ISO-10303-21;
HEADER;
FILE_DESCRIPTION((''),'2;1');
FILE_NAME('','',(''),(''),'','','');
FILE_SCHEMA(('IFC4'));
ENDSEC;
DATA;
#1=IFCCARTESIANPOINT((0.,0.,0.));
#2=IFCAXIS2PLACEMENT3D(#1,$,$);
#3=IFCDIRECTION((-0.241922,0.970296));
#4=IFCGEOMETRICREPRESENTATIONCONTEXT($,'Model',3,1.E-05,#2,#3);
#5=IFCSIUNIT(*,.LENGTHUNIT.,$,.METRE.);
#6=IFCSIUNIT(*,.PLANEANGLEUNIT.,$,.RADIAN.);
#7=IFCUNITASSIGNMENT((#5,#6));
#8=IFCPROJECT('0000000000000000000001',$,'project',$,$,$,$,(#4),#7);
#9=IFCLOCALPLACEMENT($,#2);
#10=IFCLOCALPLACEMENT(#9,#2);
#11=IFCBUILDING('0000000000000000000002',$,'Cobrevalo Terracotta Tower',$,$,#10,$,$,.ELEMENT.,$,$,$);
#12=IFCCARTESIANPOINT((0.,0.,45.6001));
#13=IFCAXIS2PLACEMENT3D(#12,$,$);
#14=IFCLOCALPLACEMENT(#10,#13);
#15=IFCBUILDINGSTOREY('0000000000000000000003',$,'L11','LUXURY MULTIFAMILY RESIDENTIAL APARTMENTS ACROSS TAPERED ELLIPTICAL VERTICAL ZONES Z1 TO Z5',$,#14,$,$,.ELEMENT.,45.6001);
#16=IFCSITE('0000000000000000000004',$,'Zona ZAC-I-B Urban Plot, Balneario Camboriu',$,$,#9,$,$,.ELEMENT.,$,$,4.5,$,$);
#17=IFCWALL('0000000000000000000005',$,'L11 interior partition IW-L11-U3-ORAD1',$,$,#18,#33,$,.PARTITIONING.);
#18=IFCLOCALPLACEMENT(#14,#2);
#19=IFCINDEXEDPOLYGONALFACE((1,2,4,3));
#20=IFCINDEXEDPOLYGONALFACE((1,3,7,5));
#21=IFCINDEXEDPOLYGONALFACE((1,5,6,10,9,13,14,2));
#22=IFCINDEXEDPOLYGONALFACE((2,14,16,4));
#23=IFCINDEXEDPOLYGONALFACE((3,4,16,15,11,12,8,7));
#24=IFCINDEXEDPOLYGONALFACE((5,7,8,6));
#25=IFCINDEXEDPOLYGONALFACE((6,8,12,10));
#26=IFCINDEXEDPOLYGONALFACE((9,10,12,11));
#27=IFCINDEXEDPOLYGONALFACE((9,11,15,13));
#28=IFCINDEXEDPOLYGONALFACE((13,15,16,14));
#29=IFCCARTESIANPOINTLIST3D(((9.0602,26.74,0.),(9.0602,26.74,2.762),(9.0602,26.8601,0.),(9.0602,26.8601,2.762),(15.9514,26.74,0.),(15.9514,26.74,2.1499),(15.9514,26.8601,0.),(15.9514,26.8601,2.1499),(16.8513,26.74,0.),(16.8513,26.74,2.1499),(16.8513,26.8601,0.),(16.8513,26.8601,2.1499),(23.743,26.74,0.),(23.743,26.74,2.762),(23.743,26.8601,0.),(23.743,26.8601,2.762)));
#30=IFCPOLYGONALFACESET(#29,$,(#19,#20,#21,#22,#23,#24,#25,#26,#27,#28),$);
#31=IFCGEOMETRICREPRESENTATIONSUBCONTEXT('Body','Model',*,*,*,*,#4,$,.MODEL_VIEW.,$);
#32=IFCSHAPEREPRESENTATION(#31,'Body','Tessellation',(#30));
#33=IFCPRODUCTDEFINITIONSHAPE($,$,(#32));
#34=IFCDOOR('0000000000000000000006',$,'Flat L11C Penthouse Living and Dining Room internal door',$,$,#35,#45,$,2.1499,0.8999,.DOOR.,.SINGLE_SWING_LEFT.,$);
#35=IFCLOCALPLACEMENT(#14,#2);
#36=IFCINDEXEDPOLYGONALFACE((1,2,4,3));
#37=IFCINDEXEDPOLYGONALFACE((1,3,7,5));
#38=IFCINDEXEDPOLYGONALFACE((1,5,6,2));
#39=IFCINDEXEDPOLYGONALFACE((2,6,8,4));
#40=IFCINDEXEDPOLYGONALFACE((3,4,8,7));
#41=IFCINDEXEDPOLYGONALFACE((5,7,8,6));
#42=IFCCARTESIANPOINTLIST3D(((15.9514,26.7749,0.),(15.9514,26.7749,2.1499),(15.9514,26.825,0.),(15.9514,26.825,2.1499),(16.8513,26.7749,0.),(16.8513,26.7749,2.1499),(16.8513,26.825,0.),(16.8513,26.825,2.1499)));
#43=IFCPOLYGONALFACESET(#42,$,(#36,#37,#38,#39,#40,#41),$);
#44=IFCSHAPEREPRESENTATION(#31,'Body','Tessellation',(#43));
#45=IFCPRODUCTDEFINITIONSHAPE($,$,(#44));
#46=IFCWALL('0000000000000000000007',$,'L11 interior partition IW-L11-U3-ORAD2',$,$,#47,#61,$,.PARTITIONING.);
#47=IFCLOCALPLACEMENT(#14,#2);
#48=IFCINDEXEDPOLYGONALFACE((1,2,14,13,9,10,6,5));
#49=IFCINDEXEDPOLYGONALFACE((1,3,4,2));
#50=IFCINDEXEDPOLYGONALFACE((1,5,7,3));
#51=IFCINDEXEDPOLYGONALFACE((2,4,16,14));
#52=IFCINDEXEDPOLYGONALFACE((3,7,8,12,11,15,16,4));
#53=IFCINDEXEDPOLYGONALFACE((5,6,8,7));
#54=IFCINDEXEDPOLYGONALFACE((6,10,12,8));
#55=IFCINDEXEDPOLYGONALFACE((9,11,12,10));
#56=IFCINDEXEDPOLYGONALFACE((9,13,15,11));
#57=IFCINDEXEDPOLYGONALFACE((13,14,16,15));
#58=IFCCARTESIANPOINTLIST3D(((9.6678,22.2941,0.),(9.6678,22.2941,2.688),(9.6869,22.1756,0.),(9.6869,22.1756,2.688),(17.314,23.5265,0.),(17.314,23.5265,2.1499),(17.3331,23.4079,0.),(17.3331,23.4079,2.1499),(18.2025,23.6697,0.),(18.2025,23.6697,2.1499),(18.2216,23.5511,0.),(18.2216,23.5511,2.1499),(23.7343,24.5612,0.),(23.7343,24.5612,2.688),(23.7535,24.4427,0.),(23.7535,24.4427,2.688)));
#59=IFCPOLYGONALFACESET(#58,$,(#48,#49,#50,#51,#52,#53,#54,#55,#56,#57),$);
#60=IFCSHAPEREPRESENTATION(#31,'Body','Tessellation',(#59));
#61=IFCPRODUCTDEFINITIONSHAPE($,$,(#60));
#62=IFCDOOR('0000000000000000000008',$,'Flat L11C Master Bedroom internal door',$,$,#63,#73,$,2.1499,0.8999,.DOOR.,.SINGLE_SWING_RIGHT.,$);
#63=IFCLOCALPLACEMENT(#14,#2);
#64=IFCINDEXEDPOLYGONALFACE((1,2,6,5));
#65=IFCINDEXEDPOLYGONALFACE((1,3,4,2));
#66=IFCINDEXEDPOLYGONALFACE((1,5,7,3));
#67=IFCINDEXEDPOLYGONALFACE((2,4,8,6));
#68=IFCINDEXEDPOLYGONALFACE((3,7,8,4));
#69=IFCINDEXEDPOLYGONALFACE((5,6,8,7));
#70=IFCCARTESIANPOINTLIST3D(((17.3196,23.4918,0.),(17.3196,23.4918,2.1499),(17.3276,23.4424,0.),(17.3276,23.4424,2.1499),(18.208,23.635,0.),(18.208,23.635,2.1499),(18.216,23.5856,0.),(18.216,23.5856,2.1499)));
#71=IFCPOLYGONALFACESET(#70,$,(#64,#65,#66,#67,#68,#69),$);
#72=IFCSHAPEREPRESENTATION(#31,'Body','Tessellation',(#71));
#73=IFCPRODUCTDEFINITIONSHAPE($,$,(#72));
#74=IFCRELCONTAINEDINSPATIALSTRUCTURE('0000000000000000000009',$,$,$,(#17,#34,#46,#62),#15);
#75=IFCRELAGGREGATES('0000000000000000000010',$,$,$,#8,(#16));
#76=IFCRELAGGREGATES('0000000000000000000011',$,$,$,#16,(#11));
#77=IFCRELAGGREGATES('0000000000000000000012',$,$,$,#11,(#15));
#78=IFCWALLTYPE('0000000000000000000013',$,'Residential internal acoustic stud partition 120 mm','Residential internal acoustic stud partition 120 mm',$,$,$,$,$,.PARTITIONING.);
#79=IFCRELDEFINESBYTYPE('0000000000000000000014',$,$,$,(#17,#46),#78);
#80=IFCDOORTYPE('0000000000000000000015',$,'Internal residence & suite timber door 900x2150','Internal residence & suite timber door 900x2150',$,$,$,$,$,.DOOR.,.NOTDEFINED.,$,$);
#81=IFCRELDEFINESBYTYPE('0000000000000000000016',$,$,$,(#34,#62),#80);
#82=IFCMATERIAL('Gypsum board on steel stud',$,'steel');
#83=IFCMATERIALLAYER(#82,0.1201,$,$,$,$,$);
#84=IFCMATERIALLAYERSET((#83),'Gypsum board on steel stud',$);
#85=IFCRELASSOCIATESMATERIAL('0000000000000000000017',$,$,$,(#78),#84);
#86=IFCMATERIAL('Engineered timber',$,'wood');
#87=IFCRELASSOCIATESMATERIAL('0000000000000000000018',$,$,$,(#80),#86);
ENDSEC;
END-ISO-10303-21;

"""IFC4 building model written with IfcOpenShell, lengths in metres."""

from ifc_helpers import new_model, si_unit, direction, frame, frame_2d, origin, place, context, subcontext, project, spatial, rectangle, extrude, source, transform, mapped, material, layer, layer_set, type_object, element, fill, save


model = new_model("IFC4")

# Units and contexts
model_context = context("Model", 3, precision=1e-05, world=origin(), true_north=direction((-0.241922, 0.970296)))
body_context = subcontext(model_context, "Body", "Model", "MODEL_VIEW")
ifc_project = project(units=[si_unit("LENGTHUNIT", "METRE"), si_unit("PLANEANGLEUNIT", "RADIAN")], contexts=[model_context])

# Site, building, storey
site_placement = place(None, origin())
site = spatial("IfcSite", under=ifc_project, at=site_placement, Name="Zona ZAC-I-B Urban Plot, Balneario Camboriu", CompositionType="ELEMENT", RefElevation=4.5)
building_placement = place(site_placement, origin())
building = spatial("IfcBuilding", under=site, at=building_placement, Name="Cobrevalo Terracotta Tower", CompositionType="ELEMENT")
storey_placement = place(building_placement, frame((0.0, 0.0, 45.6001)))
storey = spatial("IfcBuildingStorey", under=building, at=storey_placement, Name="L11", Description="LUXURY MULTIFAMILY RESIDENTIAL APARTMENTS ACROSS TAPERED ELLIPTICAL VERTICAL ZONES Z1 TO Z5", CompositionType="ELEMENT", Elevation=45.6001)

# Walls, openings, doors
ifc_material_1 = material(Name="Gypsum board on steel stud", Category="steel")
ifc_layer_1 = layer(ifc_material_1, 0.1201)
ifc_layer_set_1 = layer_set([ifc_layer_1], Name="Gypsum board on steel stud")
wall_type = type_object("IfcWallType", Name="Residential internal acoustic stud partition 120 mm", Description="Residential internal acoustic stud partition 120 mm", PredefinedType="PARTITIONING", material=ifc_layer_set_1)
wall_1_placement = place(storey_placement, frame((23.7429, 26.8, 0.0), z_axis=(0.0, 0.0, 1.0), x_axis=(-1.0, 0.0, 0.0)))
wall_1 = element("IfcWall", 1, at=wall_1_placement, inside=storey, type_object=wall_type, Name="L11 interior partition IW-L11-U3-ORAD1", PredefinedType="PARTITIONING", context=body_context, shape_type="SweptSolid", body=[
    extrude(rectangle(XDim=14.6829, YDim=0.1201, at=frame_2d((7.3413, 0.0))), origin(), (0.0, 0.0, 1.0), 2.762),
])
opening_1_placement = place(wall_1_placement, frame((6.8916, 0.0, 0.0)))
opening_1 = element("IfcOpeningElement", 2, at=opening_1_placement, cuts=wall_1, PredefinedType="OPENING", context=body_context, shape_type="SweptSolid", body=[
    extrude(rectangle(XDim=0.8999, YDim=2.1499, at=frame_2d((0.45, 1.075))), frame((0.0, 0.0701, 0.0), z_axis=(0.0, -1.0, 0.0), x_axis=(1.0, 0.0, 0.0)), (0.0, 0.0, 1.0), 0.1401),
])
ifc_material_2 = material(Name="Engineered timber", Category="wood")
door_type = type_object("IfcDoorType", Name="Internal residence & suite timber door 900x2150", Description="Internal residence & suite timber door 900x2150", OperationType="NOTDEFINED", PredefinedType="DOOR", material=ifc_material_2)
shared_shape_1 = source(origin(), body_context, "Body", "SweptSolid", [
    extrude(rectangle(XDim=0.8999, YDim=2.1499, at=frame_2d((0.45, 1.075))), frame((0.0, 0.0249, 0.0), z_axis=(0.0, -1.0, 0.0), x_axis=(1.0, 0.0, 0.0)), (0.0, 0.0, 1.0), 0.05),
])
door_1_placement = place(opening_1_placement, frame((0.8999, 0.0, 0.0), z_axis=(0.0, 0.0, 1.0), x_axis=(-1.0, 0.0, 0.0)))
door_1 = element("IfcDoor", 3, at=door_1_placement, inside=storey, type_object=door_type, Name="Flat L11C Penthouse Living and Dining Room internal door", OperationType="SINGLE_SWING_LEFT", OverallHeight=2.1499, OverallWidth=0.8999, PredefinedType="DOOR", context=body_context, shape_type="MappedRepresentation", body=[
    mapped(shared_shape_1, transform((0.0, 0.0, 0.0), scale=1.0)),
])
fill(opening_1, door_1)
wall_2_placement = place(storey_placement, frame((23.7439, 24.502, 0.0), z_axis=(0.0, 0.0, 1.0), x_axis=(-0.98726, -0.159117, 0.0)))
wall_2 = element("IfcWall", 4, at=wall_2_placement, inside=storey, type_object=wall_type, Name="L11 interior partition IW-L11-U3-ORAD2", PredefinedType="PARTITIONING", context=body_context, shape_type="SweptSolid", body=[
    extrude(rectangle(XDim=14.248, YDim=0.1201, at=frame_2d((7.124, 0.0))), origin(), (0.0, 0.0, 1.0), 2.688),
])
opening_2_placement = place(wall_2_placement, frame((5.6033, 0.0, 0.0)))
opening_2 = element("IfcOpeningElement", 5, at=opening_2_placement, cuts=wall_2, PredefinedType="OPENING", context=body_context, shape_type="SweptSolid", body=[
    extrude(rectangle(XDim=0.8999, YDim=2.1499, at=frame_2d((0.45, 1.075))), frame((0.0, 0.0701, 0.0), z_axis=(0.0, -1.0, 0.0), x_axis=(1.0, 0.0, 0.0)), (0.0, 0.0, 1.0), 0.1401),
])
door_2_placement = place(opening_2_placement, frame((0.8999, 0.0, 0.0), z_axis=(0.0, 0.0, 1.0), x_axis=(-1.0, 0.0, 0.0)))
door_2 = element("IfcDoor", 6, at=door_2_placement, inside=storey, type_object=door_type, Name="Flat L11C Master Bedroom internal door", OperationType="SINGLE_SWING_RIGHT", OverallHeight=2.1499, OverallWidth=0.8999, PredefinedType="DOOR", context=body_context, shape_type="MappedRepresentation", body=[
    mapped(shared_shape_1, transform((0.0, 0.0, 0.0), scale=1.0)),
])
fill(opening_2, door_2)

save(model, "model.ifc")
